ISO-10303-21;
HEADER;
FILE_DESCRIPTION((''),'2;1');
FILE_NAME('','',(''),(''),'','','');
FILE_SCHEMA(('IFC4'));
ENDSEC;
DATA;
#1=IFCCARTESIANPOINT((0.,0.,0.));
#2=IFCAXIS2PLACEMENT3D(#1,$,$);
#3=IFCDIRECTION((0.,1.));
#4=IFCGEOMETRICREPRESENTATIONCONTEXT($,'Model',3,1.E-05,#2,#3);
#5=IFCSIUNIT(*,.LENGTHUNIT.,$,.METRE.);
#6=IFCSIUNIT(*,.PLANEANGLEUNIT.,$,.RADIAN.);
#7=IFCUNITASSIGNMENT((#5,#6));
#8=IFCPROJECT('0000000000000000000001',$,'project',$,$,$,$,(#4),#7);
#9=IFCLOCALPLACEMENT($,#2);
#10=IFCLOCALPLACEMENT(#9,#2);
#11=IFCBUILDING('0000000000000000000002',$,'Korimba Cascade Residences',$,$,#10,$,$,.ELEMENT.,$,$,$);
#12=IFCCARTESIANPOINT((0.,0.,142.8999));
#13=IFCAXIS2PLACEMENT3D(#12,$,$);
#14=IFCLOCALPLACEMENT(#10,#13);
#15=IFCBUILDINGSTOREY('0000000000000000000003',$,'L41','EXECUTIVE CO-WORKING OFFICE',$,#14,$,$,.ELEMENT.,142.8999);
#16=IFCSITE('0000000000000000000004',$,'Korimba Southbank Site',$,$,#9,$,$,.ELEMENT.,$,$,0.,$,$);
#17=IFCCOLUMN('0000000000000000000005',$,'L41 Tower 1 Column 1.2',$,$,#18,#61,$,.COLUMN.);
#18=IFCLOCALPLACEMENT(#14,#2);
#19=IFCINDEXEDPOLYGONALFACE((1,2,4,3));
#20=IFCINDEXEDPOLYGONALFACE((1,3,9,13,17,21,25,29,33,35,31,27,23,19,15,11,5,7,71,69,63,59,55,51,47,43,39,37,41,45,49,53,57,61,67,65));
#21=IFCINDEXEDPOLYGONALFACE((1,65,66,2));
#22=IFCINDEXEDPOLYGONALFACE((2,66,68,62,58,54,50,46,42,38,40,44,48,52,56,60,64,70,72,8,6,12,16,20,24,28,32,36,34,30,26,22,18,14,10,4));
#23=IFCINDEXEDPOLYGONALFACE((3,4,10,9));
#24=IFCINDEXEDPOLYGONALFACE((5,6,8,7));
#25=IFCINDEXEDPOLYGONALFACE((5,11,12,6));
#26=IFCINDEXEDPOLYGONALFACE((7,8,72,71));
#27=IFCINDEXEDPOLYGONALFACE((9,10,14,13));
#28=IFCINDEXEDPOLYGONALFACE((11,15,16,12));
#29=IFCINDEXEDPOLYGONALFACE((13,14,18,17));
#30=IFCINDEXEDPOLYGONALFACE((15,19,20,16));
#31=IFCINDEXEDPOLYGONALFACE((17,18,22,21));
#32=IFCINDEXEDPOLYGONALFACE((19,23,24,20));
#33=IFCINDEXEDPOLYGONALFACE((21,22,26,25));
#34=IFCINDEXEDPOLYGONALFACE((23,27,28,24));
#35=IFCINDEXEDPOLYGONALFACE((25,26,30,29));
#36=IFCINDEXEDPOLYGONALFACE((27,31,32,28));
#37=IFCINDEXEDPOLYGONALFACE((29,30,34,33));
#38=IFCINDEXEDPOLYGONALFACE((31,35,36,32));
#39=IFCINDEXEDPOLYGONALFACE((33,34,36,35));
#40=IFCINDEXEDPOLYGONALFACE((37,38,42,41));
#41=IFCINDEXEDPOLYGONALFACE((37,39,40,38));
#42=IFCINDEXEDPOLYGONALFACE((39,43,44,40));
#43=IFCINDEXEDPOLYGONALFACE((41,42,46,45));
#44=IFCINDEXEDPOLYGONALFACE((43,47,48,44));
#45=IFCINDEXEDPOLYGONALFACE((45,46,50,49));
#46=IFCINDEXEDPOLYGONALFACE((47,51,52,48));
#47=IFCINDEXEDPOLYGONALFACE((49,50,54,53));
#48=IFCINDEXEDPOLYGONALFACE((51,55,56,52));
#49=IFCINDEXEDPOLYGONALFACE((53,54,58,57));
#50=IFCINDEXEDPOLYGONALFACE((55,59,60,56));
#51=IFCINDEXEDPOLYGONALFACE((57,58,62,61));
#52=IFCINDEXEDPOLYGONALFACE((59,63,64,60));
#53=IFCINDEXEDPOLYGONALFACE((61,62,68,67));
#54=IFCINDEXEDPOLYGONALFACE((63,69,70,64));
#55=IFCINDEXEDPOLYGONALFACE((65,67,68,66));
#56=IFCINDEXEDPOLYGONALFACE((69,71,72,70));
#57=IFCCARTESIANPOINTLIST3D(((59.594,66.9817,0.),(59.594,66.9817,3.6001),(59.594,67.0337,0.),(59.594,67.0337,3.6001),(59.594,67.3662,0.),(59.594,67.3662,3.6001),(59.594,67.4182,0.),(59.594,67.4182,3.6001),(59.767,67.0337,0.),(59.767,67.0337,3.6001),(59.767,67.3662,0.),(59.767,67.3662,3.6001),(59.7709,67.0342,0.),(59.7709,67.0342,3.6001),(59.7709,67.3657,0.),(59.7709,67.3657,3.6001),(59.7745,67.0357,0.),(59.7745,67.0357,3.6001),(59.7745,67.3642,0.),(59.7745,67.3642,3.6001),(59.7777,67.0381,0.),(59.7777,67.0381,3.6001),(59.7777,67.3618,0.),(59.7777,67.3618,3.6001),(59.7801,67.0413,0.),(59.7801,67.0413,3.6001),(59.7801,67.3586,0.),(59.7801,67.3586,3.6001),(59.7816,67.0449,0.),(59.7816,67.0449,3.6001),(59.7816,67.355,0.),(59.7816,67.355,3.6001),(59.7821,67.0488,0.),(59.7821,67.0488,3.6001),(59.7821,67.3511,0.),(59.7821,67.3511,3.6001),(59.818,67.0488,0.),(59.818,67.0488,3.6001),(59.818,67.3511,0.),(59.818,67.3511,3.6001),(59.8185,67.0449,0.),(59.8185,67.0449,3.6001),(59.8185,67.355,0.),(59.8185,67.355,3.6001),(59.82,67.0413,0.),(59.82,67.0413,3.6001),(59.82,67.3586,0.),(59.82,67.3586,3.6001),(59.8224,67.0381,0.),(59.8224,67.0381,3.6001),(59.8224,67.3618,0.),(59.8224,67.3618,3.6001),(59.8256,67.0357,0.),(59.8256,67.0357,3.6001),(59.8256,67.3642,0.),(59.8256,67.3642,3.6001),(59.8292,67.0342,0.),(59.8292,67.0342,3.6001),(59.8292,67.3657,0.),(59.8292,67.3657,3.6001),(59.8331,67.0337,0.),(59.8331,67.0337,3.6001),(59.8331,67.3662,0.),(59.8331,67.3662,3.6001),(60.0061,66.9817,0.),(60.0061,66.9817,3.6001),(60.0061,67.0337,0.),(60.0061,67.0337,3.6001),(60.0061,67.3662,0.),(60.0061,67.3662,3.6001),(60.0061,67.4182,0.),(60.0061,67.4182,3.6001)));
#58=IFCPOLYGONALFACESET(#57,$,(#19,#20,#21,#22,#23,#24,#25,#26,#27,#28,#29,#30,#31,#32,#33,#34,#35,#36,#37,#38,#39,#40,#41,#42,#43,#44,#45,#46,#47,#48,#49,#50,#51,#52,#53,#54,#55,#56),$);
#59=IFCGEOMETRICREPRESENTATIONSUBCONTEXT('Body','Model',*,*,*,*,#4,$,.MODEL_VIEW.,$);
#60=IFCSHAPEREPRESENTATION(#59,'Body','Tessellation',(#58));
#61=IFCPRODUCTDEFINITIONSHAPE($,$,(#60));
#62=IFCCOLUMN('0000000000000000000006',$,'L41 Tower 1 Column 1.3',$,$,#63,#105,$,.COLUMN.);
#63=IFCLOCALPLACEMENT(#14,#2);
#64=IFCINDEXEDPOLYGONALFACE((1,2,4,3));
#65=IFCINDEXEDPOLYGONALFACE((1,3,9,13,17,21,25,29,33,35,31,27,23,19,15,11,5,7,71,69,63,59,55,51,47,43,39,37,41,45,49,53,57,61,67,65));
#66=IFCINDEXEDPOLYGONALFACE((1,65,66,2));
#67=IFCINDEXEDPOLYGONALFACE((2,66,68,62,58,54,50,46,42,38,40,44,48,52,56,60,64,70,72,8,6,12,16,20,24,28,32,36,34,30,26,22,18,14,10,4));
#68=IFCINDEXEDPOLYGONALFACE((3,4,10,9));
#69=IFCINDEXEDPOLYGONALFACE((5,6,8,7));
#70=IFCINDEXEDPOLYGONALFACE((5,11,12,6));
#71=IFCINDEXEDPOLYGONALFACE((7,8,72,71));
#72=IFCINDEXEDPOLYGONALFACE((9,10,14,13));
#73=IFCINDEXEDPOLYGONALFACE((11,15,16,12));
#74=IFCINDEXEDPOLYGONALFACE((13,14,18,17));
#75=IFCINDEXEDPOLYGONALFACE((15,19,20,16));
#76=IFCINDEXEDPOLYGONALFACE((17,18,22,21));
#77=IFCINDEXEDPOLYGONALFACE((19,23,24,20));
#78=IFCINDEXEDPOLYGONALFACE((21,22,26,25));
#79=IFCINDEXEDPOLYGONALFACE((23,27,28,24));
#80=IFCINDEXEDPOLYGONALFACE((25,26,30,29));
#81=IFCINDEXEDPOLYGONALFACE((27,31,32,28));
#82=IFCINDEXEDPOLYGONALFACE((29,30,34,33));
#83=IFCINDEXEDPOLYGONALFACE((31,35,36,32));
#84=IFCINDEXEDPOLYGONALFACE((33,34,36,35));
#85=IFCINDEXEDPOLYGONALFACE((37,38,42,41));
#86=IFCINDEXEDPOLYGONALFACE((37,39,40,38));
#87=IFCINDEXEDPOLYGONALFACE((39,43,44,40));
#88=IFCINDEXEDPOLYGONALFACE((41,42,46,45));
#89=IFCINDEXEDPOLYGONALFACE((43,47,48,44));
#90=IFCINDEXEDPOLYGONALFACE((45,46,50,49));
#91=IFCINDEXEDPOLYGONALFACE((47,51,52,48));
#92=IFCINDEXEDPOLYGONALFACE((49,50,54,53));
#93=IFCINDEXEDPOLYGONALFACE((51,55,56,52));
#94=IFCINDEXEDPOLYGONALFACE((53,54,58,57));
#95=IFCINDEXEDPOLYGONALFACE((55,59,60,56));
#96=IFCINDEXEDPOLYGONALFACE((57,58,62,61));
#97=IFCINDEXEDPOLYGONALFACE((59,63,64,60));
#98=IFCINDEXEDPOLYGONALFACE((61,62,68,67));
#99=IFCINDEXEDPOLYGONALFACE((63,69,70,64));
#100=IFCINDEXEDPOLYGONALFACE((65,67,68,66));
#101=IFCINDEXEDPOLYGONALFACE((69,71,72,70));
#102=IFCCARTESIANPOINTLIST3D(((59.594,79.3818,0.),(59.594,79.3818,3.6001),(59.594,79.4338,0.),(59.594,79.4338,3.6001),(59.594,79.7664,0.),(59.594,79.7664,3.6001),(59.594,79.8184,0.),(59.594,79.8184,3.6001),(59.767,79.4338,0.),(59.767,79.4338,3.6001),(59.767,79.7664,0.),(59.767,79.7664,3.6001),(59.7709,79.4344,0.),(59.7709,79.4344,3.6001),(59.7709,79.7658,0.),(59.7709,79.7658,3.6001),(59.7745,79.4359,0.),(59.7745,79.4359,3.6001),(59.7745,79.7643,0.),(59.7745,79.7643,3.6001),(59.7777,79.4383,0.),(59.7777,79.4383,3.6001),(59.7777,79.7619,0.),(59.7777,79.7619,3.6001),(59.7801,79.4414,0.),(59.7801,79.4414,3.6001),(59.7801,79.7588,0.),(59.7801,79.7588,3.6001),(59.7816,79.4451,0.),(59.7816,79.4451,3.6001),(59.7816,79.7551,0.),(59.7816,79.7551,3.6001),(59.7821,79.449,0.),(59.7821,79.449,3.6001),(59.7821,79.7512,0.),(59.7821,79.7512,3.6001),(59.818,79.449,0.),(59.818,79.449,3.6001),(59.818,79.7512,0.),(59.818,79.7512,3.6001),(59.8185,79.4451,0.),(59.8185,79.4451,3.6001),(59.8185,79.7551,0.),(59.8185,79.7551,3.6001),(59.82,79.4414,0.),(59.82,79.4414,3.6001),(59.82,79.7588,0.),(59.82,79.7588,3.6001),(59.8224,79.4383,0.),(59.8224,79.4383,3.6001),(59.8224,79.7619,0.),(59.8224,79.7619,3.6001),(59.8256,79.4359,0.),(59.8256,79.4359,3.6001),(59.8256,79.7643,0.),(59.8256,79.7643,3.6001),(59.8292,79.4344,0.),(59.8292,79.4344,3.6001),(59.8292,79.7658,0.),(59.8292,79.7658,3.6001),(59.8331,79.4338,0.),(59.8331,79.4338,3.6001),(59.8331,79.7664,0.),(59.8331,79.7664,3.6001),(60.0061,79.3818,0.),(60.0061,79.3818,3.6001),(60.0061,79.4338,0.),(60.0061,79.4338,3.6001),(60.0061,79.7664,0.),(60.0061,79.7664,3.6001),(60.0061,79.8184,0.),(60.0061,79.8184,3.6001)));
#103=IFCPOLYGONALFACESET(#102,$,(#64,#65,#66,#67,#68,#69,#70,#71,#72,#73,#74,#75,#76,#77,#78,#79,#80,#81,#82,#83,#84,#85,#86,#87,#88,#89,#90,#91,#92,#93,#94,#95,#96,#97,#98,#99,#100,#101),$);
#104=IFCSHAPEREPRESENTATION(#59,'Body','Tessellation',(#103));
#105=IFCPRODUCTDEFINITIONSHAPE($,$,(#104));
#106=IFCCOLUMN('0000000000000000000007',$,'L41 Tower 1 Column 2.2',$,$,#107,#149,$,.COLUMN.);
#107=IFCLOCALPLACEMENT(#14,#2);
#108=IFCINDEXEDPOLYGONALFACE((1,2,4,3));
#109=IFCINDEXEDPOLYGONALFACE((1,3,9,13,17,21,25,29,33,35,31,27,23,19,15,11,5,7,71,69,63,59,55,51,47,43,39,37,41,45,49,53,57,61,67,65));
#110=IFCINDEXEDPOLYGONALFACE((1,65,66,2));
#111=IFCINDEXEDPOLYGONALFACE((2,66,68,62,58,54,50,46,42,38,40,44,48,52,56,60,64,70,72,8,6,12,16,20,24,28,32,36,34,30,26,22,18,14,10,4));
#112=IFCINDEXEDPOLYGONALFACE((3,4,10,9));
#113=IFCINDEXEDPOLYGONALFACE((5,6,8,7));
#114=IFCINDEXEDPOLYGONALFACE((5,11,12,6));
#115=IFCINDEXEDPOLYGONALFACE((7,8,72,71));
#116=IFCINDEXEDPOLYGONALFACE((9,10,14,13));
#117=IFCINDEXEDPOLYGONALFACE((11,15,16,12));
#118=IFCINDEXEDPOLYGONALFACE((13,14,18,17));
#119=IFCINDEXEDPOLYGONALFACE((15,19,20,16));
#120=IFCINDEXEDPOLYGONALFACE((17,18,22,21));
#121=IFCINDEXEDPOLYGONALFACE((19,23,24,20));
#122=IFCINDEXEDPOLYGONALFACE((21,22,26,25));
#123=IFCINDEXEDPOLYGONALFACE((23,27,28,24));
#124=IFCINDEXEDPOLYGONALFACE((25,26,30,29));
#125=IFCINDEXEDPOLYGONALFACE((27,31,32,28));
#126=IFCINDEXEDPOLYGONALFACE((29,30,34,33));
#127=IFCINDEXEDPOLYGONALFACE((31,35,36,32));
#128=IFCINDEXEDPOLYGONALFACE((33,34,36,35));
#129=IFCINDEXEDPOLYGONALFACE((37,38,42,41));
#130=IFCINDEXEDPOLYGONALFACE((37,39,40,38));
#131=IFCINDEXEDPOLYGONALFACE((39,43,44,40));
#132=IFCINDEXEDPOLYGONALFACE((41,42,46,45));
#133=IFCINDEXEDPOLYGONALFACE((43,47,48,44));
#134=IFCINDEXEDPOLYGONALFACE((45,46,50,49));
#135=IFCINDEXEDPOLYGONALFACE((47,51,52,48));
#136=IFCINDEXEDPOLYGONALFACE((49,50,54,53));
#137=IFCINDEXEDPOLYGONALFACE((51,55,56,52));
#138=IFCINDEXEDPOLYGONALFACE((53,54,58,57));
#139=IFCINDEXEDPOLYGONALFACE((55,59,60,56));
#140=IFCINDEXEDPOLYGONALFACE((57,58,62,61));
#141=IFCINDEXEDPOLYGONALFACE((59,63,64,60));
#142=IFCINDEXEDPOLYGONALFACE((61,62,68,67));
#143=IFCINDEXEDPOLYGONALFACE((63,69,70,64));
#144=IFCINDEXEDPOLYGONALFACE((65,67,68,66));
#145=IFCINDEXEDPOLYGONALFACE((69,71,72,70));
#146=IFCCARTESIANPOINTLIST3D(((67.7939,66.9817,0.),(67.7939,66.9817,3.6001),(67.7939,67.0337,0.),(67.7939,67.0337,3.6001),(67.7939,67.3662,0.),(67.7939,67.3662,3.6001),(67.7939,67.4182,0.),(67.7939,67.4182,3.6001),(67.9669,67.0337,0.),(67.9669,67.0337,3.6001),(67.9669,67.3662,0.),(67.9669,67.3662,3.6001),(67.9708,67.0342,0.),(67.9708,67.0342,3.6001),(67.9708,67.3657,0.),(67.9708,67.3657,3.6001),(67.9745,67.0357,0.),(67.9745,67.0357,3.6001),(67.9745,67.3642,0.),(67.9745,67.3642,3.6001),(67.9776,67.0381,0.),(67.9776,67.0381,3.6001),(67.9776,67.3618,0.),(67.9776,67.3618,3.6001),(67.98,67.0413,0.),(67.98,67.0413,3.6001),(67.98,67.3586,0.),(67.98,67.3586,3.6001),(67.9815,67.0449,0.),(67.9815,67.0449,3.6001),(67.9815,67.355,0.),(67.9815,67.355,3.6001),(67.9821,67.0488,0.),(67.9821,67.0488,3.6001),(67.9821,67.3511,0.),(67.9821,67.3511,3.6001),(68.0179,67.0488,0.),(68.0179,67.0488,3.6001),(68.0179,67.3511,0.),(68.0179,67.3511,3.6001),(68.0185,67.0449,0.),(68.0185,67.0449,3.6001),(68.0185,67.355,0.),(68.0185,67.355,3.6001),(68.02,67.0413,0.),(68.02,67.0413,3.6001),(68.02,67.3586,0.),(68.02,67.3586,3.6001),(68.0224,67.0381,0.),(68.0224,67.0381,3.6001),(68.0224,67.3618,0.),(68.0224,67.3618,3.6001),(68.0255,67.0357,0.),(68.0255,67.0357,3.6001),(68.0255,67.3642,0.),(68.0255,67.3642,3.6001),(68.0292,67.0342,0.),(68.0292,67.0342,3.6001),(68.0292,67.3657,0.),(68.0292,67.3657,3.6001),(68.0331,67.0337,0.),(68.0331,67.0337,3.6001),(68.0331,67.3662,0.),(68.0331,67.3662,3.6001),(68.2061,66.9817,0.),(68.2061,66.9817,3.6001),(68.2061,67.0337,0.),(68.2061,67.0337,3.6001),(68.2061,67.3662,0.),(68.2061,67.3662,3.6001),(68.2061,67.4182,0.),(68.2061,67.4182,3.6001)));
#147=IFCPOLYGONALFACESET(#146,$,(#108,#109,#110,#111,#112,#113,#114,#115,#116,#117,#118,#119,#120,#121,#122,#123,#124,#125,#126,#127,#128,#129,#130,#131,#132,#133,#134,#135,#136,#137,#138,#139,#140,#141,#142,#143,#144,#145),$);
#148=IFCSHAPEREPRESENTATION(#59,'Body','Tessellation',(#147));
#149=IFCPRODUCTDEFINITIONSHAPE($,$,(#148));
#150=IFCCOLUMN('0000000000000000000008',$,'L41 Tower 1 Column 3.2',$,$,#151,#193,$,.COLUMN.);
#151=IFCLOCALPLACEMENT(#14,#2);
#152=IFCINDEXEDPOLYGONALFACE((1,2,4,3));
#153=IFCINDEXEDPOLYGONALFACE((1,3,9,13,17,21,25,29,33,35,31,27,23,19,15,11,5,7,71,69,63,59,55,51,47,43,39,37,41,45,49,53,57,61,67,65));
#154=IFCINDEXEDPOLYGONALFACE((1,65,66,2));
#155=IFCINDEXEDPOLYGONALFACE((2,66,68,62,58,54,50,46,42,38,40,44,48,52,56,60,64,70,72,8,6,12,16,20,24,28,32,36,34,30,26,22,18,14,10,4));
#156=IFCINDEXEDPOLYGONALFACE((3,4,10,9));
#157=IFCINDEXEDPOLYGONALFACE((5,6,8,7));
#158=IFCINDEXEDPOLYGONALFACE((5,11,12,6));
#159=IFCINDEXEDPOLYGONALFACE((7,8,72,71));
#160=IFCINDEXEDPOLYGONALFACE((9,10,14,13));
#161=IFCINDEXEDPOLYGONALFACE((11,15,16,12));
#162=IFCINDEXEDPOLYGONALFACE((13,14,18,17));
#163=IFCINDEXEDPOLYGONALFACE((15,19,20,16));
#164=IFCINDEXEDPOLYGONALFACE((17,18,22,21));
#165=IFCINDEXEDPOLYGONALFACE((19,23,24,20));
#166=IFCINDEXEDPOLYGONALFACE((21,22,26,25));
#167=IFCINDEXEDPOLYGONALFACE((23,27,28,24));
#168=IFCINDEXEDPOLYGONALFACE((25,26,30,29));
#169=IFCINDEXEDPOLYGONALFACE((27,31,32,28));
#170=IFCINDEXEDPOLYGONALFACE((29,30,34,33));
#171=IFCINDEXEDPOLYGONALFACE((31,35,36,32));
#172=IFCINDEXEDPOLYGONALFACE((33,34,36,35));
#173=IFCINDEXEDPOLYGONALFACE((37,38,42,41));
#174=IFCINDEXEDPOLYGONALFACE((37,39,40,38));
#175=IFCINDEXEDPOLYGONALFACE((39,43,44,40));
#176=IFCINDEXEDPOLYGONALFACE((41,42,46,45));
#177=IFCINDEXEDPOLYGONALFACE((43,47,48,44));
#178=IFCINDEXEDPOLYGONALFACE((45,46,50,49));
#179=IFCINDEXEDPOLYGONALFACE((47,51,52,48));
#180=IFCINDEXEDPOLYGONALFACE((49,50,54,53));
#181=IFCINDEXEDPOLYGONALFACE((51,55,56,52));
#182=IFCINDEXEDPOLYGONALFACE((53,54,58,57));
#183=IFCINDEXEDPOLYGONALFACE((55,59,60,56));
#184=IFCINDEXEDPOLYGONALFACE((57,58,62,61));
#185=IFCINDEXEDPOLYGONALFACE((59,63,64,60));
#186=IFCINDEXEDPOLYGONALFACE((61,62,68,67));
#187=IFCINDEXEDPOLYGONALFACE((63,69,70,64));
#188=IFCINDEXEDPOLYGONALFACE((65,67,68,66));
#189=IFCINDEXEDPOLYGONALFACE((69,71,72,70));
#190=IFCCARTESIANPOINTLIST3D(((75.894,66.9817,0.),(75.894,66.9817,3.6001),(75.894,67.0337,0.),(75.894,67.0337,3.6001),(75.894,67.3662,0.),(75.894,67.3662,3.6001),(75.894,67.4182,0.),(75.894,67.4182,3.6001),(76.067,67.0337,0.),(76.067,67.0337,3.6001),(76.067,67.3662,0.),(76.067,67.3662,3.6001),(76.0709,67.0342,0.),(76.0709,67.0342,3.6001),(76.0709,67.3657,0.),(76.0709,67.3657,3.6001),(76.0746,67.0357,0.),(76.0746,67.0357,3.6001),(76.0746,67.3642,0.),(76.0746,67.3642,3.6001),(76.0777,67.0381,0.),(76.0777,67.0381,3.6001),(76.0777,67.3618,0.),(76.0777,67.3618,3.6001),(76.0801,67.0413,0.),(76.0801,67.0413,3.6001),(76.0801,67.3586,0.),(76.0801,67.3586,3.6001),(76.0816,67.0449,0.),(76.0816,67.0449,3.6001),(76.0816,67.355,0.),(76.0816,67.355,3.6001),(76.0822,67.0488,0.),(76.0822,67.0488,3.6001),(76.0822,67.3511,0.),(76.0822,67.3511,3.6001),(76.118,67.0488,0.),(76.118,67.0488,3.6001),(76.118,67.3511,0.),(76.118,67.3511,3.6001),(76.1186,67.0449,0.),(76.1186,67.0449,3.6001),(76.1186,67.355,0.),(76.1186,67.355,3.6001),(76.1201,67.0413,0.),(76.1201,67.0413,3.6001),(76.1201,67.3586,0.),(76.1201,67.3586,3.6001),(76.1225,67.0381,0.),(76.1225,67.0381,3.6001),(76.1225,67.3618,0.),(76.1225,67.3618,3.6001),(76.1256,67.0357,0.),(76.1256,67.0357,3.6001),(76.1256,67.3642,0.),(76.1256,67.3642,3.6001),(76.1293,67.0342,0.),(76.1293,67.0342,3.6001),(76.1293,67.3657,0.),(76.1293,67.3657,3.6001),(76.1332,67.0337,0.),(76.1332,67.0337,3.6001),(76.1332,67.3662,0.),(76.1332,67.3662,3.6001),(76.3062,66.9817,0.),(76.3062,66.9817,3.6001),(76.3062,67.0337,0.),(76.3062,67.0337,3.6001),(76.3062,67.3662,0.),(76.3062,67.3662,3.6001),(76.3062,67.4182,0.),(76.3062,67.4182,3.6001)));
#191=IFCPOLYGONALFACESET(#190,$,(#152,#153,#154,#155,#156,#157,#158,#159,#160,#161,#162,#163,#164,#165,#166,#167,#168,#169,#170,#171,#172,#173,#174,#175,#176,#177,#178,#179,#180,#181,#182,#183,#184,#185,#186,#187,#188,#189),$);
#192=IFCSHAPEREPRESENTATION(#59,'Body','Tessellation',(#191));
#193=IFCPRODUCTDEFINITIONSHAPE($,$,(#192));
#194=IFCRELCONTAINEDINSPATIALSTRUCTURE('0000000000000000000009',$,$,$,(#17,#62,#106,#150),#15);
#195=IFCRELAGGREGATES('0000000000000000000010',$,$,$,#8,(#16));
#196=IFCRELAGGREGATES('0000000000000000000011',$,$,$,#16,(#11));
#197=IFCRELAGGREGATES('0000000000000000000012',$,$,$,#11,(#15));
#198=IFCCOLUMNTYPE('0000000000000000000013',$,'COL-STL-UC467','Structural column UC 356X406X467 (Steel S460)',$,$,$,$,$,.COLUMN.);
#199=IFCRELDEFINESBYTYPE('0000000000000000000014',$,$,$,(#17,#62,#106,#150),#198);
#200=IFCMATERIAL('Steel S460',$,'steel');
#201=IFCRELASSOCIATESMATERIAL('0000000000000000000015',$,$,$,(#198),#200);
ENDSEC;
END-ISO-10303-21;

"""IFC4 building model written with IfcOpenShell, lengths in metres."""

from ifc_helpers import new_model, si_unit, direction, frame, origin, origin_2d, place, context, subcontext, project, spatial, i_section, extrude, material, material_profile, profile_set, type_object, element, save


model = new_model("IFC4")

# Units and contexts
model_context = context("Model", 3, precision=1e-05, world=origin(), true_north=direction((0.0, 1.0)))
body_context = subcontext(model_context, "Body", "Model", "MODEL_VIEW")
ifc_project = project(units=[si_unit("LENGTHUNIT", "METRE"), si_unit("PLANEANGLEUNIT", "RADIAN")], contexts=[model_context])

# Site, building, storey
site_placement = place(None, origin())
site = spatial("IfcSite", under=ifc_project, at=site_placement, Name="Korimba Southbank Site", CompositionType="ELEMENT", RefElevation=0.0)
building_placement = place(site_placement, origin())
building = spatial("IfcBuilding", under=site, at=building_placement, Name="Korimba Cascade Residences", CompositionType="ELEMENT")
storey_placement = place(building_placement, frame((0.0, 0.0, 142.8999)))
storey = spatial("IfcBuildingStorey", under=building, at=storey_placement, Name="L41", Description="EXECUTIVE CO-WORKING OFFICE", CompositionType="ELEMENT", Elevation=142.8999)

# Columns
ifc_material_1 = material(Name="Steel S460", Category="steel")
ifc_material_profile_1 = material_profile(ifc_material_1, i_section(OverallWidth=0.4121, OverallDepth=0.4365, WebThickness=0.0359, FlangeThickness=0.052, FilletRadius=0.0151, at=origin_2d()), Name="Steel S460")
ifc_profile_set_1 = profile_set([ifc_material_profile_1], Name="Steel S460")
column_type = type_object("IfcColumnType", Name="COL-STL-UC467", Description="Structural column UC 356X406X467 (Steel S460)", PredefinedType="COLUMN", material=ifc_profile_set_1)
for number, where, z_axis, x_axis, name in (
    (1, (59.8, 67.2, 0.0), (0.0, 0.0, 1.0), (1.0, 0.0, 0.0), "L41 Tower 1 Column 1.2"),
    (2, (59.8, 79.6001, 0.0), (0.0, 0.0, 1.0), (1.0, 0.0, 0.0), "L41 Tower 1 Column 1.3"),
    (3, (68.0, 67.2, 0.0), (0.0, 0.0, 1.0), (1.0, 0.0, 0.0), "L41 Tower 1 Column 2.2"),
    (4, (76.1001, 67.2, 0.0), (0.0, 0.0, 1.0), (1.0, 0.0, 0.0), "L41 Tower 1 Column 3.2"),
):
    element("IfcColumn", number, at=place(storey_placement, frame(where, z_axis=z_axis, x_axis=x_axis)), inside=storey, type_object=column_type, Name=name, PredefinedType="COLUMN", context=body_context, shape_type="SweptSolid", body=[
        extrude(i_section(OverallWidth=0.4121, OverallDepth=0.4365, WebThickness=0.0359, FlangeThickness=0.052, FilletRadius=0.0151, at=origin_2d()), origin(), (0.0, 0.0, 1.0), 3.6001),
    ])

save(model, "model.ifc")
